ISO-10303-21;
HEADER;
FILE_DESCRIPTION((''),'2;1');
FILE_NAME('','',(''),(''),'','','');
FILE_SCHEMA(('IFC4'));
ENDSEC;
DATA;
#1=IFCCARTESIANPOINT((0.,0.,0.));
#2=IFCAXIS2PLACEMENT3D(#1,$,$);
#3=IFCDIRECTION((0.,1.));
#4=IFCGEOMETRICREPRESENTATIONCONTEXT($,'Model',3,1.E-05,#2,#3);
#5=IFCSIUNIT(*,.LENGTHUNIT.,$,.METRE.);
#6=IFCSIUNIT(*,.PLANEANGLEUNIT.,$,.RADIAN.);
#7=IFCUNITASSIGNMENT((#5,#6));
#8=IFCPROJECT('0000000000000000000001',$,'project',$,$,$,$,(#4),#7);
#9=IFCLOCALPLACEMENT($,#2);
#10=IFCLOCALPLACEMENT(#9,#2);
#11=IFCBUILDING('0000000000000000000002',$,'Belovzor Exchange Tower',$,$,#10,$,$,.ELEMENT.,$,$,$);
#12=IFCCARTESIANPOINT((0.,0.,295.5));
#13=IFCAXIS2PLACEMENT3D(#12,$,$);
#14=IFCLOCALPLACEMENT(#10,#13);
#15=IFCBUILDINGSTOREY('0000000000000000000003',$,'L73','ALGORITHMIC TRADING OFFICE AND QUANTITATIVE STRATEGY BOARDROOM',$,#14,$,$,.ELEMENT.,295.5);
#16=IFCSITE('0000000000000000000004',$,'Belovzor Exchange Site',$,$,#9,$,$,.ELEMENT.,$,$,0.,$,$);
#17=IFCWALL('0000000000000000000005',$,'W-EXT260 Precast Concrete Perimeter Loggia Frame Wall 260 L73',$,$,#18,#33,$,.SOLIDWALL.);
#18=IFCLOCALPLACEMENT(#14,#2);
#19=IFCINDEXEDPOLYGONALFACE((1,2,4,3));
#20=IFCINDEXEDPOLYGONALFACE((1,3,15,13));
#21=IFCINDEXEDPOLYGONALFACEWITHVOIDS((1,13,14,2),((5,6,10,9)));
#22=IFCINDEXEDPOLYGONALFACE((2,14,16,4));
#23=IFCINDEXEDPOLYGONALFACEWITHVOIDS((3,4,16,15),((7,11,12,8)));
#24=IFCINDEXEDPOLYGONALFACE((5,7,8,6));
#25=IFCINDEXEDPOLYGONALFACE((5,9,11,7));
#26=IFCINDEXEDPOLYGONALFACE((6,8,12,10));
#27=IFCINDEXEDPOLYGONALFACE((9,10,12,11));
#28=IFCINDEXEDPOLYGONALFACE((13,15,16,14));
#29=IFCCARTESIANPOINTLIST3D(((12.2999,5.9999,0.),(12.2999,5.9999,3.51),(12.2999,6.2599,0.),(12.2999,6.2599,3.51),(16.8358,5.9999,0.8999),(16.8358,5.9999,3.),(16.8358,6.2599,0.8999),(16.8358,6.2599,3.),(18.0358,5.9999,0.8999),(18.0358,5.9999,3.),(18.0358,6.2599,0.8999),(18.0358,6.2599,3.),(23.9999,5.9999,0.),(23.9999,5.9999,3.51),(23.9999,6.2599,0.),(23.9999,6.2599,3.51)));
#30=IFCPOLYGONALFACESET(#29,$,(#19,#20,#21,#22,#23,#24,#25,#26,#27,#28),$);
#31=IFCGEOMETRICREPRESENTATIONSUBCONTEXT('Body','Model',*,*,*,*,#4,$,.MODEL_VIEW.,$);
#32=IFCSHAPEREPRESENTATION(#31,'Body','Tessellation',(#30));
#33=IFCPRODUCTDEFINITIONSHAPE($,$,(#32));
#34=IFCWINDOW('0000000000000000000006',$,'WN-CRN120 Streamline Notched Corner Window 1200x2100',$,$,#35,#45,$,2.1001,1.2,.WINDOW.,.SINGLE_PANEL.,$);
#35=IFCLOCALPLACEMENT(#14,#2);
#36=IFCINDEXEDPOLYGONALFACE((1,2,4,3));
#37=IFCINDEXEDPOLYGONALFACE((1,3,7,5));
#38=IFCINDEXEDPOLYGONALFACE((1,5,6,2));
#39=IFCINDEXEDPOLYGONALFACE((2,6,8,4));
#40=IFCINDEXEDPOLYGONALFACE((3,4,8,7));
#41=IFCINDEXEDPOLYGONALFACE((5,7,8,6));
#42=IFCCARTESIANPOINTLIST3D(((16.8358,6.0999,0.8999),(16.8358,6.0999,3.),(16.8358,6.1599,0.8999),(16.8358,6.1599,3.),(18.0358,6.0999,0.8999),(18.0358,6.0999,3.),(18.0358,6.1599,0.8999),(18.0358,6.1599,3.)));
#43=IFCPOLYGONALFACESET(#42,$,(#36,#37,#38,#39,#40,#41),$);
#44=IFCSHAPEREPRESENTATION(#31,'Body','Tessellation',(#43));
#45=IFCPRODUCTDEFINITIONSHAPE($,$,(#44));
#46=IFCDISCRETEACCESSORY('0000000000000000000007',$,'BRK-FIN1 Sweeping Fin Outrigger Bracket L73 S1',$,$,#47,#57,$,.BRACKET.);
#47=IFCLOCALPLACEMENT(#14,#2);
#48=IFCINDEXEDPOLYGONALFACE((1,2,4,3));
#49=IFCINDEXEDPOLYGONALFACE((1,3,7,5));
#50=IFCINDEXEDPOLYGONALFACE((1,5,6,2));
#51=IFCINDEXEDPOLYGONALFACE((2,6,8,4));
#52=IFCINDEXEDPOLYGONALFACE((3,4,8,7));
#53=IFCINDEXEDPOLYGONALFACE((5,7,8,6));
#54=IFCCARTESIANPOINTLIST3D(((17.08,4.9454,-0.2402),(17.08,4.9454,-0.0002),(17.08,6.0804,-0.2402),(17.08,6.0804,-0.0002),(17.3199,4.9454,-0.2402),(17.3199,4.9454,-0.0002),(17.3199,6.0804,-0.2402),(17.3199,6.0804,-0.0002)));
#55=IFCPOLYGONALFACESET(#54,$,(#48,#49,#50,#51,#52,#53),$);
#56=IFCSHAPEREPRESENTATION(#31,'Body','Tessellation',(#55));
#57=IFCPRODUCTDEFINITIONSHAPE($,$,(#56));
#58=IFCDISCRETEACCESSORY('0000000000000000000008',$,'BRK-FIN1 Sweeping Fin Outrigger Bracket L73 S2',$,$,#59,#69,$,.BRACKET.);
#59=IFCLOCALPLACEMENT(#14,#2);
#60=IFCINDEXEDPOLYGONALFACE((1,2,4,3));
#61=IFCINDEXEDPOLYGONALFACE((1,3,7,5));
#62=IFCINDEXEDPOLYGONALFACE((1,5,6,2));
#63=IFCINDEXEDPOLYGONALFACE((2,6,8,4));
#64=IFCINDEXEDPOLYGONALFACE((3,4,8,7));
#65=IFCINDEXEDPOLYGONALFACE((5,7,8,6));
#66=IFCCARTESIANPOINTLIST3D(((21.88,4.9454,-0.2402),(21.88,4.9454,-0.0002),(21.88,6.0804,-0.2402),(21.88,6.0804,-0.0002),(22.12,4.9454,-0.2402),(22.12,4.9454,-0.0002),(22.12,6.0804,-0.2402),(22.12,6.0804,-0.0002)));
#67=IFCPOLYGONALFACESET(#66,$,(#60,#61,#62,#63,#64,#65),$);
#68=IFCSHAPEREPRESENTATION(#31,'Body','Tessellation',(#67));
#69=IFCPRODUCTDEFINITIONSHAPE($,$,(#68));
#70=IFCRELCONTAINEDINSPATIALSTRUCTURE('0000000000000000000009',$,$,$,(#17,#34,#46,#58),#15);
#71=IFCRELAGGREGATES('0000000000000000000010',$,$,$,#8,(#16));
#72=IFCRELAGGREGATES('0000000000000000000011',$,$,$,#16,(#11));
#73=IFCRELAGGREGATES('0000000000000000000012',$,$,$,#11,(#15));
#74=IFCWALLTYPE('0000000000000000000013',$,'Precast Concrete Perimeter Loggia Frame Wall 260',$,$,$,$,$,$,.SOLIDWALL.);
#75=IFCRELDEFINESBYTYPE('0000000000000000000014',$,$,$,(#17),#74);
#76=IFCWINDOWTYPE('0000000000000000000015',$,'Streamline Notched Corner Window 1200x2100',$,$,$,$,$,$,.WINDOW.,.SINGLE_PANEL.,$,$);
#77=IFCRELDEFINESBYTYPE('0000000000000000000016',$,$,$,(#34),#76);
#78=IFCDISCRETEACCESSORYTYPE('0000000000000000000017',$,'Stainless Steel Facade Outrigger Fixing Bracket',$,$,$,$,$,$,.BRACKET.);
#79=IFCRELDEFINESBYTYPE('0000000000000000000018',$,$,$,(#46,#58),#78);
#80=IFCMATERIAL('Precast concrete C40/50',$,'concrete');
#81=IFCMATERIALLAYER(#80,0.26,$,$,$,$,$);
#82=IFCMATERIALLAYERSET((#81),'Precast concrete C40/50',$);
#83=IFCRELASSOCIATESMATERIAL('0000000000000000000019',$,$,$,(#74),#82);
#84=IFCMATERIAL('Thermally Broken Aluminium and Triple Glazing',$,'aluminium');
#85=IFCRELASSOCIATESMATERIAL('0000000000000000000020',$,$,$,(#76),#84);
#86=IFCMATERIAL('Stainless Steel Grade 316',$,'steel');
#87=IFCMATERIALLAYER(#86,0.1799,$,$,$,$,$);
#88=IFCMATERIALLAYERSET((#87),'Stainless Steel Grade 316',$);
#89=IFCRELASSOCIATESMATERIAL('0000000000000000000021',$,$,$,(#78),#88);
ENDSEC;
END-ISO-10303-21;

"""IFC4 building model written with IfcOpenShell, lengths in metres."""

from ifc_helpers import new_model, si_unit, direction, frame, frame_2d, origin, origin_2d, place, context, subcontext, project, spatial, rectangle, extrude, material, layer, layer_set, type_object, element, fill, save


model = new_model("IFC4")

# Units and contexts
model_context = context("Model", 3, precision=1e-05, world=origin(), true_north=direction((0.0, 1.0)))
body_context = subcontext(model_context, "Body", "Model", "MODEL_VIEW")
ifc_project = project(units=[si_unit("LENGTHUNIT", "METRE"), si_unit("PLANEANGLEUNIT", "RADIAN")], contexts=[model_context])

# Site, building, storey
site_placement = place(None, origin())
site = spatial("IfcSite", under=ifc_project, at=site_placement, Name="Belovzor Exchange Site", CompositionType="ELEMENT", RefElevation=0.0)
building_placement = place(site_placement, origin())
building = spatial("IfcBuilding", under=site, at=building_placement, Name="Belovzor Exchange Tower", CompositionType="ELEMENT")
storey_placement = place(building_placement, frame((0.0, 0.0, 295.5)))
storey = spatial("IfcBuildingStorey", under=building, at=storey_placement, Name="L73", Description="ALGORITHMIC TRADING OFFICE AND QUANTITATIVE STRATEGY BOARDROOM", CompositionType="ELEMENT", Elevation=295.5)

# Wall, opening, window
ifc_material_1 = material(Name="Precast concrete C40/50", Category="concrete")
ifc_layer_1 = layer(ifc_material_1, 0.26)
ifc_layer_set_1 = layer_set([ifc_layer_1], Name="Precast concrete C40/50")
wall_type_1 = type_object("IfcWallType", Name="Precast Concrete Perimeter Loggia Frame Wall 260", PredefinedType="SOLIDWALL", material=ifc_layer_set_1)
wall_1_placement = place(storey_placement, frame((24.0, 6.1299, 0.0), z_axis=(0.0, 0.0, 1.0), x_axis=(-1.0, 0.0, 0.0)))
wall_1 = element("IfcWall", 1, at=wall_1_placement, inside=storey, type_object=wall_type_1, Name="W-EXT260 Precast Concrete Perimeter Loggia Frame Wall 260 L73", PredefinedType="SOLIDWALL", context=body_context, shape_type="SweptSolid", body=[
    extrude(rectangle(XDim=11.7, YDim=0.26, at=frame_2d((5.8501, 0.0))), origin(), (0.0, 0.0, 1.0), 3.51),
])
opening_1_placement = place(wall_1_placement, frame((5.9641, 0.0, 0.8999)))
opening_1 = element("IfcOpeningElement", 2, at=opening_1_placement, cuts=wall_1, PredefinedType="OPENING", context=body_context, shape_type="SweptSolid", body=[
    extrude(rectangle(XDim=1.2, YDim=2.1001, at=frame_2d((0.6001, 1.05))), frame((0.0, 0.1399, 0.0), z_axis=(0.0, -1.0, 0.0), x_axis=(1.0, 0.0, 0.0)), (0.0, 0.0, 1.0), 0.28),
])
ifc_material_2 = material(Name="Thermally Broken Aluminium and Triple Glazing", Category="aluminium")
window_type = type_object("IfcWindowType", Name="Streamline Notched Corner Window 1200x2100", PartitioningType="SINGLE_PANEL", PredefinedType="WINDOW", material=ifc_material_2)
window_placement = place(opening_1_placement, origin())
window = element("IfcWindow", 3, at=window_placement, inside=storey, type_object=window_type, Name="WN-CRN120 Streamline Notched Corner Window 1200x2100", OverallHeight=2.1001, OverallWidth=1.2, PartitioningType="SINGLE_PANEL", PredefinedType="WINDOW", context=body_context, shape_type="SweptSolid", body=[
    extrude(rectangle(XDim=1.2, YDim=2.1001, at=frame_2d((0.6001, 1.05))), frame((0.0, 0.03, 0.0), z_axis=(0.0, -1.0, 0.0), x_axis=(1.0, 0.0, 0.0)), (0.0, 0.0, 1.0), 0.0601),
])
fill(opening_1, window)

# Discrete accessories
ifc_material_3 = material(Name="Stainless Steel Grade 316", Category="steel")
ifc_layer_2 = layer(ifc_material_3, 0.1799)
ifc_layer_set_2 = layer_set([ifc_layer_2], Name="Stainless Steel Grade 316")
discrete_accessory_type = type_object("IfcDiscreteAccessoryType", Name="Stainless Steel Facade Outrigger Fixing Bracket", PredefinedType="BRACKET", material=ifc_layer_set_2)
for number, where, z_axis, x_axis, name in (
    (4, (17.2, 5.5129, -0.2402), (0.0, 0.0, 1.0), (0.0, 1.0, 0.0), "BRK-FIN1 Sweeping Fin Outrigger Bracket L73 S1"),
    (5, (22.0, 5.5129, -0.2402), (0.0, 0.0, 1.0), (0.0, 1.0, 0.0), "BRK-FIN1 Sweeping Fin Outrigger Bracket L73 S2"),
):
    element("IfcDiscreteAccessory", number, at=place(storey_placement, frame(where, z_axis=z_axis, x_axis=x_axis)), inside=storey, type_object=discrete_accessory_type, Name=name, PredefinedType="BRACKET", context=body_context, shape_type="SweptSolid", body=[
        extrude(rectangle(XDim=1.135, YDim=0.24, at=origin_2d()), origin(), (0.0, 0.0, 1.0), 0.24),
    ])

save(model, "model.ifc")
